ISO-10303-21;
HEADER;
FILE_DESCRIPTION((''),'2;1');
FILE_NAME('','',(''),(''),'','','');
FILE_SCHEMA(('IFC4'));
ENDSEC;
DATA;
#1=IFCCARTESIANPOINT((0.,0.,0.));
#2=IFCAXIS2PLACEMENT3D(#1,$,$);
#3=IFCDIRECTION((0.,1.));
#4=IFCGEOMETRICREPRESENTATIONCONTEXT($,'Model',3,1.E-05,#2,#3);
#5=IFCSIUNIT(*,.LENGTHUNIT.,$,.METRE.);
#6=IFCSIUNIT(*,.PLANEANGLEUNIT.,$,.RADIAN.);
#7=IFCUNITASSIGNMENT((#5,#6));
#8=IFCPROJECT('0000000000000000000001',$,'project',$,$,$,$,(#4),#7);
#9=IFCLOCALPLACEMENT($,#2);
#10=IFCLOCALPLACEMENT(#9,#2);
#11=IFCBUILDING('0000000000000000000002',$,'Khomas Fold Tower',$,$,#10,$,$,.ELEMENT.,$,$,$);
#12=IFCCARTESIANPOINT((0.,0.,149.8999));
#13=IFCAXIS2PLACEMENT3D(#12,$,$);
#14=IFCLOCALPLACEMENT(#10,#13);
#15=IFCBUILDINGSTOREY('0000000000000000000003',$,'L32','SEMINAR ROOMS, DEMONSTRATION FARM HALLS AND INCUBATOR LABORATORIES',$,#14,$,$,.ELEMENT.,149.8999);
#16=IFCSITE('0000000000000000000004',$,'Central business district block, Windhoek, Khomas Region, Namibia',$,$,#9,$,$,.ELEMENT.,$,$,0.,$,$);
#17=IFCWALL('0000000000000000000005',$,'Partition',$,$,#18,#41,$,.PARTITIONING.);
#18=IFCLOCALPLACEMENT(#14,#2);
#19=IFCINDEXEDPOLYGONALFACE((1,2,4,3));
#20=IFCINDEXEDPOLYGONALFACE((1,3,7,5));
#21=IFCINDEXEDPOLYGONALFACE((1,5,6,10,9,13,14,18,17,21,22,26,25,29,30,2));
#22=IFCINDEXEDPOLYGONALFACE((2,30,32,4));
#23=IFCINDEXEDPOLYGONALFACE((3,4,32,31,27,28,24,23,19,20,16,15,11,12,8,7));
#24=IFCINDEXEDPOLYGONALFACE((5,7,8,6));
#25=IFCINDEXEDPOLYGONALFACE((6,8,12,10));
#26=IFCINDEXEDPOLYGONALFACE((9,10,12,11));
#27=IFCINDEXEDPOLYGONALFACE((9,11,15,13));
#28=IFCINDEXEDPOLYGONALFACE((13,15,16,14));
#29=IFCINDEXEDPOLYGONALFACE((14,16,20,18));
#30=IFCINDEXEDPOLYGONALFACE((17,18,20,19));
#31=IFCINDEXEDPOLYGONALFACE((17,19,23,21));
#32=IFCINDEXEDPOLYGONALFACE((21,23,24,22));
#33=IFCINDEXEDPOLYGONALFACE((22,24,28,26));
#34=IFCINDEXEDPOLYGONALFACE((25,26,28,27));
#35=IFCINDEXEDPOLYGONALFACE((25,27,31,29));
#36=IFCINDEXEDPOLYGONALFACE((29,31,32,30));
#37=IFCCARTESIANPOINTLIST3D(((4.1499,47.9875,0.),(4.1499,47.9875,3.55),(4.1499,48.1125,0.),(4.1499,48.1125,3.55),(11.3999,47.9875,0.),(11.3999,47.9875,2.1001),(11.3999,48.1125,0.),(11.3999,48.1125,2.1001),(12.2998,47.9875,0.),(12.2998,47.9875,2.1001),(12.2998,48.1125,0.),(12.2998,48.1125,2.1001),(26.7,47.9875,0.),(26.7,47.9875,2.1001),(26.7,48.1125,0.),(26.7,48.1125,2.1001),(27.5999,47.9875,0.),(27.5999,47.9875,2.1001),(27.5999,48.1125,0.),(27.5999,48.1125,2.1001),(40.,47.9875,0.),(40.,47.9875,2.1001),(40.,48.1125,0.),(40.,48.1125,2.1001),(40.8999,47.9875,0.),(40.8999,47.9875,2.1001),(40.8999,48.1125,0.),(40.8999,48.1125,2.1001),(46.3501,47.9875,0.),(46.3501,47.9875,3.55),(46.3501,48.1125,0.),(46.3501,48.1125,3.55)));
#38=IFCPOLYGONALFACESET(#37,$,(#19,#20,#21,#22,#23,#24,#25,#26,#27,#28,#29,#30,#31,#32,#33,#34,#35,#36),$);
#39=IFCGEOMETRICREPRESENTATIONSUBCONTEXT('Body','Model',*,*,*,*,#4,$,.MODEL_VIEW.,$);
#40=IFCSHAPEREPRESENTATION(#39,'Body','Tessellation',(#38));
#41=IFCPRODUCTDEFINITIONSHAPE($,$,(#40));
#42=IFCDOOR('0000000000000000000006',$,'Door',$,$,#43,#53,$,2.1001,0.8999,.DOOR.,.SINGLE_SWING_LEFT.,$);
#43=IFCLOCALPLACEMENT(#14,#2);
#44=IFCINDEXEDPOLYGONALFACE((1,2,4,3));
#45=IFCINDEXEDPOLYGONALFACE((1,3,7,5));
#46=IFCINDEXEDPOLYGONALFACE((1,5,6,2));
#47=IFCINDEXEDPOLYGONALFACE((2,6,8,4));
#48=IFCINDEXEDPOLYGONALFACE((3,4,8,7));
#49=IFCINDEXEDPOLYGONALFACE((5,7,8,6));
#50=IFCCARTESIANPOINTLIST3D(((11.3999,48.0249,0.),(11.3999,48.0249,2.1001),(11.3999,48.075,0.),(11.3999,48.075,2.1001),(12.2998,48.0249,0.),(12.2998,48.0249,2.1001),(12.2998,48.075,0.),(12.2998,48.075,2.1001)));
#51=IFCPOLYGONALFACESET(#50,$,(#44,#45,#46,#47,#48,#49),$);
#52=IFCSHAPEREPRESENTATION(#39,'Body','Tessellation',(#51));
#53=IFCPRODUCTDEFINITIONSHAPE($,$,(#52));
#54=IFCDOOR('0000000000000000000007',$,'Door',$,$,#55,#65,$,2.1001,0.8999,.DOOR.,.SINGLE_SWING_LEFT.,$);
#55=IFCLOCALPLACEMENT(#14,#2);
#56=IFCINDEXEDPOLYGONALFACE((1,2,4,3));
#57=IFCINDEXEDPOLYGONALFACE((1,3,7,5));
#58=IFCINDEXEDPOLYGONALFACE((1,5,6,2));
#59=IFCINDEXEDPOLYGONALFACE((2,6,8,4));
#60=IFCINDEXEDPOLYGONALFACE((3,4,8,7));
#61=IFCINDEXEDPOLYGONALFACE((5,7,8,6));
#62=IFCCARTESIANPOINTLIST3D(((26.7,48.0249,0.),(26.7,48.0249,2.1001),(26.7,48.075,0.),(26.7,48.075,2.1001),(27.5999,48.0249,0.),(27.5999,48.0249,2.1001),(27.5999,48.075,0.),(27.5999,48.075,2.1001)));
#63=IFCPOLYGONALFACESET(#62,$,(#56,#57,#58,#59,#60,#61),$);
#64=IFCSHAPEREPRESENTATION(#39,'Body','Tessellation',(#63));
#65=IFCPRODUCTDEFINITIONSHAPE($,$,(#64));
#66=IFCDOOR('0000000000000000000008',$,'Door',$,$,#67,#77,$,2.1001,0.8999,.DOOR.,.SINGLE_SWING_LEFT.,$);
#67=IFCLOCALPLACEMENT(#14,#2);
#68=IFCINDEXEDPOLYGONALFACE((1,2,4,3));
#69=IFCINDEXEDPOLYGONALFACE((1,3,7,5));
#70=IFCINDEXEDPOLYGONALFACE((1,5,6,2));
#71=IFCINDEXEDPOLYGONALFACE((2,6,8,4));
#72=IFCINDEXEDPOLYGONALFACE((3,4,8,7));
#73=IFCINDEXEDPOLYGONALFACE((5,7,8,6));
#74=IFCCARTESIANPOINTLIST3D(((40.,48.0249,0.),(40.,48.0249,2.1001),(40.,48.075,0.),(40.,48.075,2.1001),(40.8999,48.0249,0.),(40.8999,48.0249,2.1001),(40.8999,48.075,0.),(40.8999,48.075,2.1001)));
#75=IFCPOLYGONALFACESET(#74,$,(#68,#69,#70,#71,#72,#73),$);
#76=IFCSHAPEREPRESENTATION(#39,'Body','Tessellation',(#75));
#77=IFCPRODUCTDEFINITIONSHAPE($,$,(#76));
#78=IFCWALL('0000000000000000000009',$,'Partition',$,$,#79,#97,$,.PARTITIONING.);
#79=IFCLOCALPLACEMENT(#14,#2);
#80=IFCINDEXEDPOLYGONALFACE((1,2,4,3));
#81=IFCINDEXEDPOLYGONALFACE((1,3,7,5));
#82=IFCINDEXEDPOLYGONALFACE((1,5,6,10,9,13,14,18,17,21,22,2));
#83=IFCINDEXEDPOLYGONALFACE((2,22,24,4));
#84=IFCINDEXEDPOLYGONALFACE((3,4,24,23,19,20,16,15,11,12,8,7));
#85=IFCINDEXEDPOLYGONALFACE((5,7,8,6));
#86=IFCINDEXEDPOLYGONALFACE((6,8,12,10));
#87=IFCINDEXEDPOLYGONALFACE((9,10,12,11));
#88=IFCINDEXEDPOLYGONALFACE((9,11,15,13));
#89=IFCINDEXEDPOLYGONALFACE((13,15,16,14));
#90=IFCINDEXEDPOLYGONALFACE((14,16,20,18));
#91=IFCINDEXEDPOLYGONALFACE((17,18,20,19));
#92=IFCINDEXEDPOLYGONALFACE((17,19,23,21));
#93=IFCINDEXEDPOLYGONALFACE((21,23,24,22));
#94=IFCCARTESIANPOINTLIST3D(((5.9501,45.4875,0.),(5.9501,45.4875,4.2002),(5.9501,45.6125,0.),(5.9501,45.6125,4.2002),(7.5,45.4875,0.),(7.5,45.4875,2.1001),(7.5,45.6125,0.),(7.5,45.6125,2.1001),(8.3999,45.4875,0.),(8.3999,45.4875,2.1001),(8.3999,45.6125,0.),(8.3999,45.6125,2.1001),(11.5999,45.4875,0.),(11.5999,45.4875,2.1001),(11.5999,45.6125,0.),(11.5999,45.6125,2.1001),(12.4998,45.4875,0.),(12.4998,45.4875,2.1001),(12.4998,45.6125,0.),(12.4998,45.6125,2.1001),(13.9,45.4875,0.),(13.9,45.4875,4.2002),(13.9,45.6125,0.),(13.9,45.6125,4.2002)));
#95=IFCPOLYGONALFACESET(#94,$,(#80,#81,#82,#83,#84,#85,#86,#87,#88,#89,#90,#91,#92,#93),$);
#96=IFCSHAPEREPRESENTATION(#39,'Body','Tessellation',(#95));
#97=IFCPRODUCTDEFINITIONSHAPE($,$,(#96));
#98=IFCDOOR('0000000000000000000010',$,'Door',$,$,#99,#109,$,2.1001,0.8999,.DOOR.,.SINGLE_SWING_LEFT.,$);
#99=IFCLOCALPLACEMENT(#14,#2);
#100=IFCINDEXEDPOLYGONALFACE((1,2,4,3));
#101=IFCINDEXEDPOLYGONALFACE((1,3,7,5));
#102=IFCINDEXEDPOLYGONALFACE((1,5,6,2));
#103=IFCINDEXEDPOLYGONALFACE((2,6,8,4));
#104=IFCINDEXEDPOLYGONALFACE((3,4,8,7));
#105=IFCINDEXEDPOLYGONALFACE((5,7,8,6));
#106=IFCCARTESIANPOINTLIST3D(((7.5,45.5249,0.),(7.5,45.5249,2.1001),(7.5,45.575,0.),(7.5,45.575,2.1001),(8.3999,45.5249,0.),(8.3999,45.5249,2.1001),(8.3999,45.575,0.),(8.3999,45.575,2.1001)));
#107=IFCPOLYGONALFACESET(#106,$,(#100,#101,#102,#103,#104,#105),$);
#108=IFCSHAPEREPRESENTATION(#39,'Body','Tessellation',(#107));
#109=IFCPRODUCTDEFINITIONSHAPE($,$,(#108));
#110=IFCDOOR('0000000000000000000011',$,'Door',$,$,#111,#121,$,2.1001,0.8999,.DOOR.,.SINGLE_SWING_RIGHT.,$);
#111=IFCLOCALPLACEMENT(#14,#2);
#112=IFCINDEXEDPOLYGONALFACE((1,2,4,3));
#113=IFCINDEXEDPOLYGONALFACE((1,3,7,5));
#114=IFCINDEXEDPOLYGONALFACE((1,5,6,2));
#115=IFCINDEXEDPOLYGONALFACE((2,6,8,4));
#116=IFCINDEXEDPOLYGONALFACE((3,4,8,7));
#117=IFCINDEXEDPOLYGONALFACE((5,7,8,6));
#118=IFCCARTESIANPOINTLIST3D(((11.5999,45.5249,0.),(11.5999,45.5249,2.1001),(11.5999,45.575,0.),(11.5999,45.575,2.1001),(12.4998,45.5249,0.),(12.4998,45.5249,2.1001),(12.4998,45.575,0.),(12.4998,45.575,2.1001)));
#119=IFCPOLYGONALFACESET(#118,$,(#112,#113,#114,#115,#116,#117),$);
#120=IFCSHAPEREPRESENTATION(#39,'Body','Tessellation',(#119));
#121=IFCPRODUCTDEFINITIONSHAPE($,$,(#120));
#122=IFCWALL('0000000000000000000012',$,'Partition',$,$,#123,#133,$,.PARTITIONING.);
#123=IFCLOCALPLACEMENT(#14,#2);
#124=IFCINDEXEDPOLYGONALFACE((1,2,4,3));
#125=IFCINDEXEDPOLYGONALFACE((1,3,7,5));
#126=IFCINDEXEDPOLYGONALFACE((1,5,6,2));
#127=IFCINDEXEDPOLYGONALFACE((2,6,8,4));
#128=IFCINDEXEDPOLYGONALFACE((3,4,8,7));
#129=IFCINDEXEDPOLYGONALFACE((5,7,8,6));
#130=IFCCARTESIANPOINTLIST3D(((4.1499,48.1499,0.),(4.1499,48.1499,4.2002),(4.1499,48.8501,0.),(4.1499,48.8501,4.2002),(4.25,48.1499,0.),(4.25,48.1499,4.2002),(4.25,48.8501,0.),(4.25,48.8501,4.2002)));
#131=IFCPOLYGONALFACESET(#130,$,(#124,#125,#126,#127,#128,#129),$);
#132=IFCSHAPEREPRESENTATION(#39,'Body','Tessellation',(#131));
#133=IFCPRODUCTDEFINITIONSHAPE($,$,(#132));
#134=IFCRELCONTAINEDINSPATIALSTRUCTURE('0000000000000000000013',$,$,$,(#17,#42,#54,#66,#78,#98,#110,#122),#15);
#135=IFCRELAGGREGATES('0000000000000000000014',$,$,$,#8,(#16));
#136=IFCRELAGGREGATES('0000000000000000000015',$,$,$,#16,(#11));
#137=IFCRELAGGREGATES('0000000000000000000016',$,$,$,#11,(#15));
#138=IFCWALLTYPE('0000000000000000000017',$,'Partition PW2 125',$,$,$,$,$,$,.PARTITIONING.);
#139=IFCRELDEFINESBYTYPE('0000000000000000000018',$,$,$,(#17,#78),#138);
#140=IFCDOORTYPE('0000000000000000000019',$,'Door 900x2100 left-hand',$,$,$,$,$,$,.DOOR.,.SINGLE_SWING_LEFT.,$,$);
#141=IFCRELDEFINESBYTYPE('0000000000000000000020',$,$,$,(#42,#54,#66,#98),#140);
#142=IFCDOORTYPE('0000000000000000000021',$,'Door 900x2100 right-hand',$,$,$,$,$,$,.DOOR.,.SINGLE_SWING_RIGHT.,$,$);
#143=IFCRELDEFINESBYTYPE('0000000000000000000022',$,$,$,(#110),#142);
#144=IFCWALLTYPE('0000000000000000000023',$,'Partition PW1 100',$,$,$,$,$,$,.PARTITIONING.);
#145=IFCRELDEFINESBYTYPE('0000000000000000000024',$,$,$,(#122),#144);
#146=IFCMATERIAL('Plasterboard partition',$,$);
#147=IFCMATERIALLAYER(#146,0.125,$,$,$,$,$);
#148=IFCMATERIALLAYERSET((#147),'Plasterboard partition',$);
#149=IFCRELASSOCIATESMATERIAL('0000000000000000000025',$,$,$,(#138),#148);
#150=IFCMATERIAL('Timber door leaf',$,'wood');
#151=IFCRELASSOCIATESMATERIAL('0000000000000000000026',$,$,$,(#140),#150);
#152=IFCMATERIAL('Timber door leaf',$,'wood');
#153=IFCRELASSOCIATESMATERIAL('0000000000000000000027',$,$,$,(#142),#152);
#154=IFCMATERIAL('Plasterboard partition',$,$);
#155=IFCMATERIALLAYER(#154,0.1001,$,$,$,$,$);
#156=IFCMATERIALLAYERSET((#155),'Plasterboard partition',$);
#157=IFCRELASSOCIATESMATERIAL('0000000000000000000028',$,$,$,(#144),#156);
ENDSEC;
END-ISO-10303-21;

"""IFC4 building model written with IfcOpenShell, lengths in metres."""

from ifc_helpers import new_model, si_unit, direction, frame, frame_2d, origin, place, context, subcontext, project, spatial, rectangle, extrude, source, transform, mapped, material, layer, layer_set, type_object, element, fill, save


model = new_model("IFC4")

# Units and contexts
model_context = context("Model", 3, precision=1e-05, world=origin(), true_north=direction((0.0, 1.0)))
body_context = subcontext(model_context, "Body", "Model", "MODEL_VIEW")
ifc_project = project(units=[si_unit("LENGTHUNIT", "METRE"), si_unit("PLANEANGLEUNIT", "RADIAN")], contexts=[model_context])

# Site, building, storey
site_placement = place(None, origin())
site = spatial("IfcSite", under=ifc_project, at=site_placement, Name="Central business district block, Windhoek, Khomas Region, Namibia", CompositionType="ELEMENT", RefElevation=0.0)
building_placement = place(site_placement, origin())
building = spatial("IfcBuilding", under=site, at=building_placement, Name="Khomas Fold Tower", CompositionType="ELEMENT")
storey_placement = place(building_placement, frame((0.0, 0.0, 149.8999)))
storey = spatial("IfcBuildingStorey", under=building, at=storey_placement, Name="L32", Description="SEMINAR ROOMS, DEMONSTRATION FARM HALLS AND INCUBATOR LABORATORIES", CompositionType="ELEMENT", Elevation=149.8999)

# Walls, openings, doors
ifc_material_1 = material(Name="Plasterboard partition")
ifc_layer_1 = layer(ifc_material_1, 0.125)
ifc_layer_set_1 = layer_set([ifc_layer_1], Name="Plasterboard partition")
wall_type_1 = type_object("IfcWallType", Name="Partition PW2 125", PredefinedType="PARTITIONING", material=ifc_layer_set_1)
shared_shape_1 = source(origin(), body_context, "Body", "SweptSolid", [
    extrude(rectangle(XDim=42.2002, YDim=0.125, at=frame_2d((21.1001, 0.0))), origin(), (0.0, 0.0, 1.0), 3.55),
])
wall_1_placement = place(storey_placement, frame((4.1499, 48.05, 0.0), z_axis=(0.0, 0.0, 1.0), x_axis=(1.0, 0.0, 0.0)))
wall_1 = element("IfcWall", 1, at=wall_1_placement, inside=storey, type_object=wall_type_1, Name="Partition", PredefinedType="PARTITIONING", context=body_context, shape_type="MappedRepresentation", body=[
    mapped(shared_shape_1, transform((0.0, 0.0, 0.0))),
])
shared_shape_2 = source(origin(), body_context, "Body", "SweptSolid", [
    extrude(rectangle(XDim=0.8999, YDim=2.1001, at=frame_2d((0.45, 1.05))), frame((0.0, 0.0725, 0.0), z_axis=(0.0, -1.0, 0.0), x_axis=(1.0, 0.0, 0.0)), (0.0, 0.0, 1.0), 0.145),
])
opening_1_placement = place(wall_1_placement, frame((7.25, 0.0, 0.0)))
opening_1 = element("IfcOpeningElement", 2, at=opening_1_placement, cuts=wall_1, PredefinedType="OPENING", context=body_context, shape_type="MappedRepresentation", body=[
    mapped(shared_shape_2, transform((0.0, 0.0, 0.0))),
])
opening_2_placement = place(wall_1_placement, frame((22.55, 0.0, 0.0)))
opening_2 = element("IfcOpeningElement", 3, at=opening_2_placement, cuts=wall_1, PredefinedType="OPENING", context=body_context, shape_type="MappedRepresentation", body=[
    mapped(shared_shape_2, transform((0.0, 0.0, 0.0))),
])
opening_3_placement = place(wall_1_placement, frame((35.8501, 0.0, 0.0)))
opening_3 = element("IfcOpeningElement", 4, at=opening_3_placement, cuts=wall_1, PredefinedType="OPENING", context=body_context, shape_type="MappedRepresentation", body=[
    mapped(shared_shape_2, transform((0.0, 0.0, 0.0))),
])
ifc_material_2 = material(Name="Timber door leaf", Category="wood")
door_type_1 = type_object("IfcDoorType", Name="Door 900x2100 left-hand", OperationType="SINGLE_SWING_LEFT", PredefinedType="DOOR", material=ifc_material_2)
shared_shape_3 = source(origin(), body_context, "Body", "SweptSolid", [
    extrude(rectangle(XDim=0.8999, YDim=2.1001, at=frame_2d((0.45, 1.05))), frame((0.0, 0.0249, 0.0), z_axis=(0.0, -1.0, 0.0), x_axis=(1.0, 0.0, 0.0)), (0.0, 0.0, 1.0), 0.05),
])
door_1_placement = place(opening_1_placement, origin())
door_1 = element("IfcDoor", 5, at=door_1_placement, inside=storey, type_object=door_type_1, Name="Door", OperationType="SINGLE_SWING_LEFT", OverallHeight=2.1001, OverallWidth=0.8999, PredefinedType="DOOR", context=body_context, shape_type="MappedRepresentation", body=[
    mapped(shared_shape_3, transform((0.0, 0.0, 0.0))),
])
fill(opening_1, door_1)
door_2_placement = place(opening_2_placement, origin())
door_2 = element("IfcDoor", 6, at=door_2_placement, inside=storey, type_object=door_type_1, Name="Door", OperationType="SINGLE_SWING_LEFT", OverallHeight=2.1001, OverallWidth=0.8999, PredefinedType="DOOR", context=body_context, shape_type="MappedRepresentation", body=[
    mapped(shared_shape_3, transform((0.0, 0.0, 0.0))),
])
fill(opening_2, door_2)
door_3_placement = place(opening_3_placement, origin())
door_3 = element("IfcDoor", 7, at=door_3_placement, inside=storey, type_object=door_type_1, Name="Door", OperationType="SINGLE_SWING_LEFT", OverallHeight=2.1001, OverallWidth=0.8999, PredefinedType="DOOR", context=body_context, shape_type="MappedRepresentation", body=[
    mapped(shared_shape_3, transform((0.0, 0.0, 0.0))),
])
fill(opening_3, door_3)
shared_shape_4 = source(origin(), body_context, "Body", "SweptSolid", [
    extrude(rectangle(XDim=7.95, YDim=0.125, at=frame_2d((3.9751, 0.0))), origin(), (0.0, 0.0, 1.0), 4.2002),
])
wall_2_placement = place(storey_placement, frame((5.95, 45.55, 0.0), z_axis=(0.0, 0.0, 1.0), x_axis=(1.0, 0.0, 0.0)))
wall_2 = element("IfcWall", 8, at=wall_2_placement, inside=storey, type_object=wall_type_1, Name="Partition", PredefinedType="PARTITIONING", context=body_context, shape_type="MappedRepresentation", body=[
    mapped(shared_shape_4, transform((0.0, 0.0, 0.0))),
])
opening_4_placement = place(wall_2_placement, frame((1.55, 0.0, 0.0)))
opening_4 = element("IfcOpeningElement", 9, at=opening_4_placement, cuts=wall_2, PredefinedType="OPENING", context=body_context, shape_type="MappedRepresentation", body=[
    mapped(shared_shape_2, transform((0.0, 0.0, 0.0))),
])
opening_5_placement = place(wall_2_placement, frame((5.6499, 0.0, 0.0)))
opening_5 = element("IfcOpeningElement", 10, at=opening_5_placement, cuts=wall_2, PredefinedType="OPENING", context=body_context, shape_type="MappedRepresentation", body=[
    mapped(shared_shape_2, transform((0.0, 0.0, 0.0))),
])
door_4_placement = place(opening_4_placement, origin())
door_4 = element("IfcDoor", 11, at=door_4_placement, inside=storey, type_object=door_type_1, Name="Door", OperationType="SINGLE_SWING_LEFT", OverallHeight=2.1001, OverallWidth=0.8999, PredefinedType="DOOR", context=body_context, shape_type="MappedRepresentation", body=[
    mapped(shared_shape_3, transform((0.0, 0.0, 0.0))),
])
fill(opening_4, door_4)
ifc_material_3 = material(Name="Timber door leaf", Category="wood")
door_type_2 = type_object("IfcDoorType", Name="Door 900x2100 right-hand", OperationType="SINGLE_SWING_RIGHT", PredefinedType="DOOR", material=ifc_material_3)
door_5_placement = place(opening_5_placement, origin())
door_5 = element("IfcDoor", 12, at=door_5_placement, inside=storey, type_object=door_type_2, Name="Door", OperationType="SINGLE_SWING_RIGHT", OverallHeight=2.1001, OverallWidth=0.8999, PredefinedType="DOOR", context=body_context, shape_type="MappedRepresentation", body=[
    mapped(shared_shape_3, transform((0.0, 0.0, 0.0))),
])
fill(opening_5, door_5)

# Wall
ifc_material_4 = material(Name="Plasterboard partition")
ifc_layer_2 = layer(ifc_material_4, 0.1001)
ifc_layer_set_2 = layer_set([ifc_layer_2], Name="Plasterboard partition")
wall_type_2 = type_object("IfcWallType", Name="Partition PW1 100", PredefinedType="PARTITIONING", material=ifc_layer_set_2)
shared_shape_5 = source(origin(), body_context, "Body", "SweptSolid", [
    extrude(rectangle(XDim=0.7002, YDim=0.1001, at=frame_2d((0.3501, 0.0))), origin(), (0.0, 0.0, 1.0), 4.2002),
])
wall_3_placement = place(storey_placement, frame((4.2, 48.1499, 0.0), z_axis=(0.0, 0.0, 1.0), x_axis=(0.0, 1.0, 0.0)))
element("IfcWall", 13, at=wall_3_placement, inside=storey, type_object=wall_type_2, Name="Partition", PredefinedType="PARTITIONING", context=body_context, shape_type="MappedRepresentation", body=[
    mapped(shared_shape_5, transform((0.0, 0.0, 0.0))),
])

save(model, "model.ifc")
